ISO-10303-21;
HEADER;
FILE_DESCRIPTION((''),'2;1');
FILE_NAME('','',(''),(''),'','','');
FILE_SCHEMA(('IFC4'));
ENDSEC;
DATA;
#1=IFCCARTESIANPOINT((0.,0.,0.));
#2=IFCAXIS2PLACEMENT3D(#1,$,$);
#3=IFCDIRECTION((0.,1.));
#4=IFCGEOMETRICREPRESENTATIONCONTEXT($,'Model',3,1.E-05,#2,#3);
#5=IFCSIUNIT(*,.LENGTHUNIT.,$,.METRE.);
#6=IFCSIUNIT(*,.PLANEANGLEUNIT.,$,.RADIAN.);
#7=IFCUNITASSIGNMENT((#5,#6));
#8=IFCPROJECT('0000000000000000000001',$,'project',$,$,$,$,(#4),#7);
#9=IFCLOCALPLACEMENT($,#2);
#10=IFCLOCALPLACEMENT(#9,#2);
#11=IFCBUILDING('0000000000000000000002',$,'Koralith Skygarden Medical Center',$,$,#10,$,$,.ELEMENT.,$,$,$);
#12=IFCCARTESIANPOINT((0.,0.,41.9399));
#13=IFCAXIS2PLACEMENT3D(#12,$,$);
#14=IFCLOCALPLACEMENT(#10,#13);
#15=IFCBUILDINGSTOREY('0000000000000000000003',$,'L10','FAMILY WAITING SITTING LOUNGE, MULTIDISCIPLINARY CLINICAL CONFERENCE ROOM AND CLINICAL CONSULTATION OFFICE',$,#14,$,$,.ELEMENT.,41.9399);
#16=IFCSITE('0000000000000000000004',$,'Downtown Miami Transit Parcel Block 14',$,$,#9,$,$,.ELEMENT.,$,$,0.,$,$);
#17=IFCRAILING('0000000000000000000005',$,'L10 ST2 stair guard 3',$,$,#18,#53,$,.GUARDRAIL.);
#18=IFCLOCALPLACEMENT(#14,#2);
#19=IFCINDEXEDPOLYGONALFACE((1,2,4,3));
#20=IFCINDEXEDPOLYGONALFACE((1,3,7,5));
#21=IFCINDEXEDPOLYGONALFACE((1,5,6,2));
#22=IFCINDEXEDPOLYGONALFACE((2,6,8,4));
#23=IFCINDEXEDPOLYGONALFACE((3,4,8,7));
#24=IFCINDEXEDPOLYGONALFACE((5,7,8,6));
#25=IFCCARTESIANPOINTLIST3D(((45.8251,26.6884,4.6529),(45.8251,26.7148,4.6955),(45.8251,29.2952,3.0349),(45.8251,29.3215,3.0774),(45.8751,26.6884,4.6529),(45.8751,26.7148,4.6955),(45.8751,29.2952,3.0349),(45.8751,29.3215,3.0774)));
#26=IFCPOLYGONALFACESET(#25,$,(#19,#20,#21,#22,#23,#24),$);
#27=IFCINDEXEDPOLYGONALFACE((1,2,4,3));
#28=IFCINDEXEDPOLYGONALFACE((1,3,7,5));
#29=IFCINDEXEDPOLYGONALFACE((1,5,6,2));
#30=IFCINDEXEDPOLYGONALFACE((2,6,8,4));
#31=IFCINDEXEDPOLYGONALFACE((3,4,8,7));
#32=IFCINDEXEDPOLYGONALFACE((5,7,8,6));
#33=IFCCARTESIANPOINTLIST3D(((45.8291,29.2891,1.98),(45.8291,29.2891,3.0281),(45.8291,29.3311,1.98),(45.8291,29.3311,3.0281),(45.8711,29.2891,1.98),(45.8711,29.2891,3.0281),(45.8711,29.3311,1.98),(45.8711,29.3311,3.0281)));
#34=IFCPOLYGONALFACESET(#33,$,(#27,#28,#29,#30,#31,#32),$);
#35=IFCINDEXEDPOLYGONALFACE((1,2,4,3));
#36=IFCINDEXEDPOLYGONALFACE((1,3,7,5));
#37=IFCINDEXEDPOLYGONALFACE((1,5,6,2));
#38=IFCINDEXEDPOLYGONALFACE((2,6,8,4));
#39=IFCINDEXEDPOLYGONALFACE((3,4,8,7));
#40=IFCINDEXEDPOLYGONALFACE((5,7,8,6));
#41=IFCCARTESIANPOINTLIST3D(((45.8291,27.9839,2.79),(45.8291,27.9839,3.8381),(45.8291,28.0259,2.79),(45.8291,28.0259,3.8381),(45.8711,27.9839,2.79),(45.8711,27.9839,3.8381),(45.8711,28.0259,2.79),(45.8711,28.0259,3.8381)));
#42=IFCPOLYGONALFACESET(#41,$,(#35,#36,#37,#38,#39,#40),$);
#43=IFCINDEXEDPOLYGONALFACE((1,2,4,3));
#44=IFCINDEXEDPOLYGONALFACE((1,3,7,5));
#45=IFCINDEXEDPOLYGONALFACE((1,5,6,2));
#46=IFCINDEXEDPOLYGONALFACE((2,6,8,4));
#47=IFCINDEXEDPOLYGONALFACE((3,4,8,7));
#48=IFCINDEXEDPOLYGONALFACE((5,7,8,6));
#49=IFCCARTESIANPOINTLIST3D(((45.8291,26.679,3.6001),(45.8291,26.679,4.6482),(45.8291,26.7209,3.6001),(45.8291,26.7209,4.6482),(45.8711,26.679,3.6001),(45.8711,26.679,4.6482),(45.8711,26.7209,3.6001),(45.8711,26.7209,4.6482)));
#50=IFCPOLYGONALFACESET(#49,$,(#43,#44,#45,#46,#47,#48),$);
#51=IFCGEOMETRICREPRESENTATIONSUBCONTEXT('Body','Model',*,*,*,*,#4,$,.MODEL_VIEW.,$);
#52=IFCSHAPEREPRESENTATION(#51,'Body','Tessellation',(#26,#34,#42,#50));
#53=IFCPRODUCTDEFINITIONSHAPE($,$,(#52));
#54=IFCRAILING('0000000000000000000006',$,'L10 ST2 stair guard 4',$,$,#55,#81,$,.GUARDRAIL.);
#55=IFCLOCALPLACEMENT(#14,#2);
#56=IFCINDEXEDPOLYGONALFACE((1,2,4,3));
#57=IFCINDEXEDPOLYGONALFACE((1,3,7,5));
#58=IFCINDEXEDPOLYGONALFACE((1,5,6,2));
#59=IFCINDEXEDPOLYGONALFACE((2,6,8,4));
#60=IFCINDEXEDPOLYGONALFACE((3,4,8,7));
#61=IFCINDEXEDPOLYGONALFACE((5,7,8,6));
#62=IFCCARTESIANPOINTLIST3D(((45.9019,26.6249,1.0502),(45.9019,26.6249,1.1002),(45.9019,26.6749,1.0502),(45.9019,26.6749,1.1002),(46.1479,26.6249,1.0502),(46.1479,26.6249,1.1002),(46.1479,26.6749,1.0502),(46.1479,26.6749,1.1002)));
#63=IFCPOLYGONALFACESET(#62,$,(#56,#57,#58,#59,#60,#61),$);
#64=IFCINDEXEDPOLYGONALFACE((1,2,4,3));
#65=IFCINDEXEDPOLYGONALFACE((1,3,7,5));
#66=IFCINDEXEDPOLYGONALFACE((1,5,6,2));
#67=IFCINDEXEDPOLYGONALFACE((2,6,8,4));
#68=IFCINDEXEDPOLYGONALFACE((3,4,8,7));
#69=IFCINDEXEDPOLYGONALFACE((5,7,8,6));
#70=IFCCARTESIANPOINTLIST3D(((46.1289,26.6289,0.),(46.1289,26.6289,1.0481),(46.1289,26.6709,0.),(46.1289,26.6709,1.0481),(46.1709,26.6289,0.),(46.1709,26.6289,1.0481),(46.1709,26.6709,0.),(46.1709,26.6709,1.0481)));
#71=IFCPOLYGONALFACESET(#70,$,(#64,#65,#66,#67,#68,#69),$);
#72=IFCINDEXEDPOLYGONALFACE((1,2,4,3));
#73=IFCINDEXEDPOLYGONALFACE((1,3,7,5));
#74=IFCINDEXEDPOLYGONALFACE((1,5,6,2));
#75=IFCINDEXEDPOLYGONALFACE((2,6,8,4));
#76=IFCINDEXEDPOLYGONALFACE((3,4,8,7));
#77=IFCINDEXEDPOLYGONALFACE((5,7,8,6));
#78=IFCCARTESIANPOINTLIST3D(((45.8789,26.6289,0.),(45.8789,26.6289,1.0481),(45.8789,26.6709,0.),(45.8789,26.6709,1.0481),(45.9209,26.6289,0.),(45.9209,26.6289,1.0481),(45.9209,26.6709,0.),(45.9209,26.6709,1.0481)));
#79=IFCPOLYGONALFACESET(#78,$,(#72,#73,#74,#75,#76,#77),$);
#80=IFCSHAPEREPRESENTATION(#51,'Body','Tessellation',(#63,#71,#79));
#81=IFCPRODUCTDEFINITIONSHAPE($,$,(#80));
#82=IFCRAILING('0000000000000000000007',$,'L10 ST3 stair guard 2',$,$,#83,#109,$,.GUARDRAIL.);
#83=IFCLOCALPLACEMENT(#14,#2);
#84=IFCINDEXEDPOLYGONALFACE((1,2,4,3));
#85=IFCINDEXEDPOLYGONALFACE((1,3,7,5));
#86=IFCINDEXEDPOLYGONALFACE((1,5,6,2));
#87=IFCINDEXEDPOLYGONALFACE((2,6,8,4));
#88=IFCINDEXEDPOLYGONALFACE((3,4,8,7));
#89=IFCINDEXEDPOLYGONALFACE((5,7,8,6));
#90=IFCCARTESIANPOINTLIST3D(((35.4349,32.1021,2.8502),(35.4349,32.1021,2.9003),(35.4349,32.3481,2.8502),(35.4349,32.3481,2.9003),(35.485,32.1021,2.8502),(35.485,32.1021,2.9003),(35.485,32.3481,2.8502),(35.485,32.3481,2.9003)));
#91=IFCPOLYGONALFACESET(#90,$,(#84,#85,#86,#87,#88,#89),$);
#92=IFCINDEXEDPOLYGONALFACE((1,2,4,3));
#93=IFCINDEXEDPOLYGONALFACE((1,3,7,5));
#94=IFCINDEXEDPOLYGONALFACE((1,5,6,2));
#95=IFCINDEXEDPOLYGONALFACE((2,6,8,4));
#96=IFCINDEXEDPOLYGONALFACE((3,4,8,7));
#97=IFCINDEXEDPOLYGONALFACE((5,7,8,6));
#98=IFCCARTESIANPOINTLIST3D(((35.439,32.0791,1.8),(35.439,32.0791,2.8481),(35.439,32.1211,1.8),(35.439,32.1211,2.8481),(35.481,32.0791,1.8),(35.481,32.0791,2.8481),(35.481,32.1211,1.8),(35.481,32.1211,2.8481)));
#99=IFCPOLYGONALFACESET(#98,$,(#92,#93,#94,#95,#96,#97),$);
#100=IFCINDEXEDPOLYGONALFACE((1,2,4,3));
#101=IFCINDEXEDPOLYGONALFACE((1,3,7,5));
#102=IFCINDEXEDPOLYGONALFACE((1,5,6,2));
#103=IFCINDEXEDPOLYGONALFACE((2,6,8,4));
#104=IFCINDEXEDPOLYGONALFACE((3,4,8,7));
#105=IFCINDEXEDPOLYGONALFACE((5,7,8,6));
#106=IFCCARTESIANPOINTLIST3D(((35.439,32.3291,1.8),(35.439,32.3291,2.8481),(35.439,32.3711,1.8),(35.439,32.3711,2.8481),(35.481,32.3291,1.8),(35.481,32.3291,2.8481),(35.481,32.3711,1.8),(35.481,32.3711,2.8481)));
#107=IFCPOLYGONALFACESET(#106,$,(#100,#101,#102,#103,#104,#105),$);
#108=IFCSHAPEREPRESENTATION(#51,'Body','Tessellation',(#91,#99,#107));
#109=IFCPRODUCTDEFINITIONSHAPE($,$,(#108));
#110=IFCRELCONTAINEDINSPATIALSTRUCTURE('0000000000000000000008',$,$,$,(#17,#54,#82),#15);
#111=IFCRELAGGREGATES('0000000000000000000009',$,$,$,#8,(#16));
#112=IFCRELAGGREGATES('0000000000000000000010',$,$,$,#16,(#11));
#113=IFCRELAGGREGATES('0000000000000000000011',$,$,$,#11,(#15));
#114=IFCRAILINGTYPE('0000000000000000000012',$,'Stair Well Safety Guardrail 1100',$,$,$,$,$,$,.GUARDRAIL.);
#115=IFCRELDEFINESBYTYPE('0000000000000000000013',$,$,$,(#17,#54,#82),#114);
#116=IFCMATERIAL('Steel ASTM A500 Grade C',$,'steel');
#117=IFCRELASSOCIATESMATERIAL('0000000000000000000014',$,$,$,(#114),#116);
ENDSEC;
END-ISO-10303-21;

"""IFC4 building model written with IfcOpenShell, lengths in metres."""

from ifc_helpers import new_model, si_unit, direction, frame, origin, origin_2d, place, context, subcontext, project, spatial, rectangle, extrude, material, type_object, element, save


model = new_model("IFC4")

# Units and contexts
model_context = context("Model", 3, precision=1e-05, world=origin(), true_north=direction((0.0, 1.0)))
body_context = subcontext(model_context, "Body", "Model", "MODEL_VIEW")
ifc_project = project(units=[si_unit("LENGTHUNIT", "METRE"), si_unit("PLANEANGLEUNIT", "RADIAN")], contexts=[model_context])

# Site, building, storey
site_placement = place(None, origin())
site = spatial("IfcSite", under=ifc_project, at=site_placement, Name="Downtown Miami Transit Parcel Block 14", CompositionType="ELEMENT", RefElevation=0.0)
building_placement = place(site_placement, origin())
building = spatial("IfcBuilding", under=site, at=building_placement, Name="Koralith Skygarden Medical Center", CompositionType="ELEMENT")
storey_placement = place(building_placement, frame((0.0, 0.0, 41.9399)))
storey = spatial("IfcBuildingStorey", under=building, at=storey_placement, Name="L10", Description="FAMILY WAITING SITTING LOUNGE, MULTIDISCIPLINARY CLINICAL CONFERENCE ROOM AND CLINICAL CONSULTATION OFFICE", CompositionType="ELEMENT", Elevation=41.9399)

# Railings
ifc_material_1 = material(Name="Steel ASTM A500 Grade C", Category="steel")
railing_type_1 = type_object("IfcRailingType", Name="Stair Well Safety Guardrail 1100", PredefinedType="GUARDRAIL", material=ifc_material_1)
railing_1_placement = place(storey_placement, frame((45.8501, 29.3101, 1.98)))
element("IfcRailing", 1, at=railing_1_placement, inside=storey, type_object=railing_type_1, Name="L10 ST2 stair guard 3", PredefinedType="GUARDRAIL", context=body_context, shape_type="SweptSolid", body=[
    extrude(rectangle(XDim=0.05, YDim=0.05, at=origin_2d()), frame((0.0, -0.0017, 1.0762), z_axis=(0.0, -0.849633, 0.527375), x_axis=(1.0, 0.0, 0.0)), (0.0, 0.0, 1.0), 3.0681),
    extrude(rectangle(XDim=0.042, YDim=0.042, at=origin_2d()), origin(), (0.0, 0.0, 1.0), 1.0481),
    extrude(rectangle(XDim=0.042, YDim=0.042, at=origin_2d()), frame((0.0, -1.3052, 0.8101)), (0.0, 0.0, 1.0), 1.0481),
    extrude(rectangle(XDim=0.042, YDim=0.042, at=origin_2d()), frame((0.0, -2.6101, 1.6201)), (0.0, 0.0, 1.0), 1.0481),
])
railing_2_placement = place(storey_placement, frame((46.1499, 26.6499, 0.0)))
element("IfcRailing", 2, at=railing_2_placement, inside=storey, type_object=railing_type_1, Name="L10 ST2 stair guard 4", PredefinedType="GUARDRAIL", context=body_context, shape_type="SweptSolid", body=[
    extrude(rectangle(XDim=0.05, YDim=0.05, at=origin_2d()), frame((-0.002, 0.0, 1.0752), z_axis=(-1.0, 0.0, 0.0), x_axis=(0.0, -1.0, 0.0)), (0.0, 0.0, 1.0), 0.2461),
    extrude(rectangle(XDim=0.042, YDim=0.042, at=origin_2d()), origin(), (0.0, 0.0, 1.0), 1.0481),
    extrude(rectangle(XDim=0.042, YDim=0.042, at=origin_2d()), frame((-0.25, 0.0, 0.0)), (0.0, 0.0, 1.0), 1.0481),
])
railing_3_placement = place(storey_placement, frame((35.46, 32.1001, 1.8)))
element("IfcRailing", 3, at=railing_3_placement, inside=storey, type_object=railing_type_1, Name="L10 ST3 stair guard 2", PredefinedType="GUARDRAIL", context=body_context, shape_type="SweptSolid", body=[
    extrude(rectangle(XDim=0.05, YDim=0.05, at=origin_2d()), frame((0.0, 0.002, 1.0752), z_axis=(0.0, 1.0, 0.0), x_axis=(-1.0, 0.0, 0.0)), (0.0, 0.0, 1.0), 0.2461),
    extrude(rectangle(XDim=0.042, YDim=0.042, at=origin_2d()), origin(), (0.0, 0.0, 1.0), 1.0481),
    extrude(rectangle(XDim=0.042, YDim=0.042, at=origin_2d()), frame((0.0, 0.25, 0.0)), (0.0, 0.0, 1.0), 1.0481),
])

save(model, "model.ifc")
